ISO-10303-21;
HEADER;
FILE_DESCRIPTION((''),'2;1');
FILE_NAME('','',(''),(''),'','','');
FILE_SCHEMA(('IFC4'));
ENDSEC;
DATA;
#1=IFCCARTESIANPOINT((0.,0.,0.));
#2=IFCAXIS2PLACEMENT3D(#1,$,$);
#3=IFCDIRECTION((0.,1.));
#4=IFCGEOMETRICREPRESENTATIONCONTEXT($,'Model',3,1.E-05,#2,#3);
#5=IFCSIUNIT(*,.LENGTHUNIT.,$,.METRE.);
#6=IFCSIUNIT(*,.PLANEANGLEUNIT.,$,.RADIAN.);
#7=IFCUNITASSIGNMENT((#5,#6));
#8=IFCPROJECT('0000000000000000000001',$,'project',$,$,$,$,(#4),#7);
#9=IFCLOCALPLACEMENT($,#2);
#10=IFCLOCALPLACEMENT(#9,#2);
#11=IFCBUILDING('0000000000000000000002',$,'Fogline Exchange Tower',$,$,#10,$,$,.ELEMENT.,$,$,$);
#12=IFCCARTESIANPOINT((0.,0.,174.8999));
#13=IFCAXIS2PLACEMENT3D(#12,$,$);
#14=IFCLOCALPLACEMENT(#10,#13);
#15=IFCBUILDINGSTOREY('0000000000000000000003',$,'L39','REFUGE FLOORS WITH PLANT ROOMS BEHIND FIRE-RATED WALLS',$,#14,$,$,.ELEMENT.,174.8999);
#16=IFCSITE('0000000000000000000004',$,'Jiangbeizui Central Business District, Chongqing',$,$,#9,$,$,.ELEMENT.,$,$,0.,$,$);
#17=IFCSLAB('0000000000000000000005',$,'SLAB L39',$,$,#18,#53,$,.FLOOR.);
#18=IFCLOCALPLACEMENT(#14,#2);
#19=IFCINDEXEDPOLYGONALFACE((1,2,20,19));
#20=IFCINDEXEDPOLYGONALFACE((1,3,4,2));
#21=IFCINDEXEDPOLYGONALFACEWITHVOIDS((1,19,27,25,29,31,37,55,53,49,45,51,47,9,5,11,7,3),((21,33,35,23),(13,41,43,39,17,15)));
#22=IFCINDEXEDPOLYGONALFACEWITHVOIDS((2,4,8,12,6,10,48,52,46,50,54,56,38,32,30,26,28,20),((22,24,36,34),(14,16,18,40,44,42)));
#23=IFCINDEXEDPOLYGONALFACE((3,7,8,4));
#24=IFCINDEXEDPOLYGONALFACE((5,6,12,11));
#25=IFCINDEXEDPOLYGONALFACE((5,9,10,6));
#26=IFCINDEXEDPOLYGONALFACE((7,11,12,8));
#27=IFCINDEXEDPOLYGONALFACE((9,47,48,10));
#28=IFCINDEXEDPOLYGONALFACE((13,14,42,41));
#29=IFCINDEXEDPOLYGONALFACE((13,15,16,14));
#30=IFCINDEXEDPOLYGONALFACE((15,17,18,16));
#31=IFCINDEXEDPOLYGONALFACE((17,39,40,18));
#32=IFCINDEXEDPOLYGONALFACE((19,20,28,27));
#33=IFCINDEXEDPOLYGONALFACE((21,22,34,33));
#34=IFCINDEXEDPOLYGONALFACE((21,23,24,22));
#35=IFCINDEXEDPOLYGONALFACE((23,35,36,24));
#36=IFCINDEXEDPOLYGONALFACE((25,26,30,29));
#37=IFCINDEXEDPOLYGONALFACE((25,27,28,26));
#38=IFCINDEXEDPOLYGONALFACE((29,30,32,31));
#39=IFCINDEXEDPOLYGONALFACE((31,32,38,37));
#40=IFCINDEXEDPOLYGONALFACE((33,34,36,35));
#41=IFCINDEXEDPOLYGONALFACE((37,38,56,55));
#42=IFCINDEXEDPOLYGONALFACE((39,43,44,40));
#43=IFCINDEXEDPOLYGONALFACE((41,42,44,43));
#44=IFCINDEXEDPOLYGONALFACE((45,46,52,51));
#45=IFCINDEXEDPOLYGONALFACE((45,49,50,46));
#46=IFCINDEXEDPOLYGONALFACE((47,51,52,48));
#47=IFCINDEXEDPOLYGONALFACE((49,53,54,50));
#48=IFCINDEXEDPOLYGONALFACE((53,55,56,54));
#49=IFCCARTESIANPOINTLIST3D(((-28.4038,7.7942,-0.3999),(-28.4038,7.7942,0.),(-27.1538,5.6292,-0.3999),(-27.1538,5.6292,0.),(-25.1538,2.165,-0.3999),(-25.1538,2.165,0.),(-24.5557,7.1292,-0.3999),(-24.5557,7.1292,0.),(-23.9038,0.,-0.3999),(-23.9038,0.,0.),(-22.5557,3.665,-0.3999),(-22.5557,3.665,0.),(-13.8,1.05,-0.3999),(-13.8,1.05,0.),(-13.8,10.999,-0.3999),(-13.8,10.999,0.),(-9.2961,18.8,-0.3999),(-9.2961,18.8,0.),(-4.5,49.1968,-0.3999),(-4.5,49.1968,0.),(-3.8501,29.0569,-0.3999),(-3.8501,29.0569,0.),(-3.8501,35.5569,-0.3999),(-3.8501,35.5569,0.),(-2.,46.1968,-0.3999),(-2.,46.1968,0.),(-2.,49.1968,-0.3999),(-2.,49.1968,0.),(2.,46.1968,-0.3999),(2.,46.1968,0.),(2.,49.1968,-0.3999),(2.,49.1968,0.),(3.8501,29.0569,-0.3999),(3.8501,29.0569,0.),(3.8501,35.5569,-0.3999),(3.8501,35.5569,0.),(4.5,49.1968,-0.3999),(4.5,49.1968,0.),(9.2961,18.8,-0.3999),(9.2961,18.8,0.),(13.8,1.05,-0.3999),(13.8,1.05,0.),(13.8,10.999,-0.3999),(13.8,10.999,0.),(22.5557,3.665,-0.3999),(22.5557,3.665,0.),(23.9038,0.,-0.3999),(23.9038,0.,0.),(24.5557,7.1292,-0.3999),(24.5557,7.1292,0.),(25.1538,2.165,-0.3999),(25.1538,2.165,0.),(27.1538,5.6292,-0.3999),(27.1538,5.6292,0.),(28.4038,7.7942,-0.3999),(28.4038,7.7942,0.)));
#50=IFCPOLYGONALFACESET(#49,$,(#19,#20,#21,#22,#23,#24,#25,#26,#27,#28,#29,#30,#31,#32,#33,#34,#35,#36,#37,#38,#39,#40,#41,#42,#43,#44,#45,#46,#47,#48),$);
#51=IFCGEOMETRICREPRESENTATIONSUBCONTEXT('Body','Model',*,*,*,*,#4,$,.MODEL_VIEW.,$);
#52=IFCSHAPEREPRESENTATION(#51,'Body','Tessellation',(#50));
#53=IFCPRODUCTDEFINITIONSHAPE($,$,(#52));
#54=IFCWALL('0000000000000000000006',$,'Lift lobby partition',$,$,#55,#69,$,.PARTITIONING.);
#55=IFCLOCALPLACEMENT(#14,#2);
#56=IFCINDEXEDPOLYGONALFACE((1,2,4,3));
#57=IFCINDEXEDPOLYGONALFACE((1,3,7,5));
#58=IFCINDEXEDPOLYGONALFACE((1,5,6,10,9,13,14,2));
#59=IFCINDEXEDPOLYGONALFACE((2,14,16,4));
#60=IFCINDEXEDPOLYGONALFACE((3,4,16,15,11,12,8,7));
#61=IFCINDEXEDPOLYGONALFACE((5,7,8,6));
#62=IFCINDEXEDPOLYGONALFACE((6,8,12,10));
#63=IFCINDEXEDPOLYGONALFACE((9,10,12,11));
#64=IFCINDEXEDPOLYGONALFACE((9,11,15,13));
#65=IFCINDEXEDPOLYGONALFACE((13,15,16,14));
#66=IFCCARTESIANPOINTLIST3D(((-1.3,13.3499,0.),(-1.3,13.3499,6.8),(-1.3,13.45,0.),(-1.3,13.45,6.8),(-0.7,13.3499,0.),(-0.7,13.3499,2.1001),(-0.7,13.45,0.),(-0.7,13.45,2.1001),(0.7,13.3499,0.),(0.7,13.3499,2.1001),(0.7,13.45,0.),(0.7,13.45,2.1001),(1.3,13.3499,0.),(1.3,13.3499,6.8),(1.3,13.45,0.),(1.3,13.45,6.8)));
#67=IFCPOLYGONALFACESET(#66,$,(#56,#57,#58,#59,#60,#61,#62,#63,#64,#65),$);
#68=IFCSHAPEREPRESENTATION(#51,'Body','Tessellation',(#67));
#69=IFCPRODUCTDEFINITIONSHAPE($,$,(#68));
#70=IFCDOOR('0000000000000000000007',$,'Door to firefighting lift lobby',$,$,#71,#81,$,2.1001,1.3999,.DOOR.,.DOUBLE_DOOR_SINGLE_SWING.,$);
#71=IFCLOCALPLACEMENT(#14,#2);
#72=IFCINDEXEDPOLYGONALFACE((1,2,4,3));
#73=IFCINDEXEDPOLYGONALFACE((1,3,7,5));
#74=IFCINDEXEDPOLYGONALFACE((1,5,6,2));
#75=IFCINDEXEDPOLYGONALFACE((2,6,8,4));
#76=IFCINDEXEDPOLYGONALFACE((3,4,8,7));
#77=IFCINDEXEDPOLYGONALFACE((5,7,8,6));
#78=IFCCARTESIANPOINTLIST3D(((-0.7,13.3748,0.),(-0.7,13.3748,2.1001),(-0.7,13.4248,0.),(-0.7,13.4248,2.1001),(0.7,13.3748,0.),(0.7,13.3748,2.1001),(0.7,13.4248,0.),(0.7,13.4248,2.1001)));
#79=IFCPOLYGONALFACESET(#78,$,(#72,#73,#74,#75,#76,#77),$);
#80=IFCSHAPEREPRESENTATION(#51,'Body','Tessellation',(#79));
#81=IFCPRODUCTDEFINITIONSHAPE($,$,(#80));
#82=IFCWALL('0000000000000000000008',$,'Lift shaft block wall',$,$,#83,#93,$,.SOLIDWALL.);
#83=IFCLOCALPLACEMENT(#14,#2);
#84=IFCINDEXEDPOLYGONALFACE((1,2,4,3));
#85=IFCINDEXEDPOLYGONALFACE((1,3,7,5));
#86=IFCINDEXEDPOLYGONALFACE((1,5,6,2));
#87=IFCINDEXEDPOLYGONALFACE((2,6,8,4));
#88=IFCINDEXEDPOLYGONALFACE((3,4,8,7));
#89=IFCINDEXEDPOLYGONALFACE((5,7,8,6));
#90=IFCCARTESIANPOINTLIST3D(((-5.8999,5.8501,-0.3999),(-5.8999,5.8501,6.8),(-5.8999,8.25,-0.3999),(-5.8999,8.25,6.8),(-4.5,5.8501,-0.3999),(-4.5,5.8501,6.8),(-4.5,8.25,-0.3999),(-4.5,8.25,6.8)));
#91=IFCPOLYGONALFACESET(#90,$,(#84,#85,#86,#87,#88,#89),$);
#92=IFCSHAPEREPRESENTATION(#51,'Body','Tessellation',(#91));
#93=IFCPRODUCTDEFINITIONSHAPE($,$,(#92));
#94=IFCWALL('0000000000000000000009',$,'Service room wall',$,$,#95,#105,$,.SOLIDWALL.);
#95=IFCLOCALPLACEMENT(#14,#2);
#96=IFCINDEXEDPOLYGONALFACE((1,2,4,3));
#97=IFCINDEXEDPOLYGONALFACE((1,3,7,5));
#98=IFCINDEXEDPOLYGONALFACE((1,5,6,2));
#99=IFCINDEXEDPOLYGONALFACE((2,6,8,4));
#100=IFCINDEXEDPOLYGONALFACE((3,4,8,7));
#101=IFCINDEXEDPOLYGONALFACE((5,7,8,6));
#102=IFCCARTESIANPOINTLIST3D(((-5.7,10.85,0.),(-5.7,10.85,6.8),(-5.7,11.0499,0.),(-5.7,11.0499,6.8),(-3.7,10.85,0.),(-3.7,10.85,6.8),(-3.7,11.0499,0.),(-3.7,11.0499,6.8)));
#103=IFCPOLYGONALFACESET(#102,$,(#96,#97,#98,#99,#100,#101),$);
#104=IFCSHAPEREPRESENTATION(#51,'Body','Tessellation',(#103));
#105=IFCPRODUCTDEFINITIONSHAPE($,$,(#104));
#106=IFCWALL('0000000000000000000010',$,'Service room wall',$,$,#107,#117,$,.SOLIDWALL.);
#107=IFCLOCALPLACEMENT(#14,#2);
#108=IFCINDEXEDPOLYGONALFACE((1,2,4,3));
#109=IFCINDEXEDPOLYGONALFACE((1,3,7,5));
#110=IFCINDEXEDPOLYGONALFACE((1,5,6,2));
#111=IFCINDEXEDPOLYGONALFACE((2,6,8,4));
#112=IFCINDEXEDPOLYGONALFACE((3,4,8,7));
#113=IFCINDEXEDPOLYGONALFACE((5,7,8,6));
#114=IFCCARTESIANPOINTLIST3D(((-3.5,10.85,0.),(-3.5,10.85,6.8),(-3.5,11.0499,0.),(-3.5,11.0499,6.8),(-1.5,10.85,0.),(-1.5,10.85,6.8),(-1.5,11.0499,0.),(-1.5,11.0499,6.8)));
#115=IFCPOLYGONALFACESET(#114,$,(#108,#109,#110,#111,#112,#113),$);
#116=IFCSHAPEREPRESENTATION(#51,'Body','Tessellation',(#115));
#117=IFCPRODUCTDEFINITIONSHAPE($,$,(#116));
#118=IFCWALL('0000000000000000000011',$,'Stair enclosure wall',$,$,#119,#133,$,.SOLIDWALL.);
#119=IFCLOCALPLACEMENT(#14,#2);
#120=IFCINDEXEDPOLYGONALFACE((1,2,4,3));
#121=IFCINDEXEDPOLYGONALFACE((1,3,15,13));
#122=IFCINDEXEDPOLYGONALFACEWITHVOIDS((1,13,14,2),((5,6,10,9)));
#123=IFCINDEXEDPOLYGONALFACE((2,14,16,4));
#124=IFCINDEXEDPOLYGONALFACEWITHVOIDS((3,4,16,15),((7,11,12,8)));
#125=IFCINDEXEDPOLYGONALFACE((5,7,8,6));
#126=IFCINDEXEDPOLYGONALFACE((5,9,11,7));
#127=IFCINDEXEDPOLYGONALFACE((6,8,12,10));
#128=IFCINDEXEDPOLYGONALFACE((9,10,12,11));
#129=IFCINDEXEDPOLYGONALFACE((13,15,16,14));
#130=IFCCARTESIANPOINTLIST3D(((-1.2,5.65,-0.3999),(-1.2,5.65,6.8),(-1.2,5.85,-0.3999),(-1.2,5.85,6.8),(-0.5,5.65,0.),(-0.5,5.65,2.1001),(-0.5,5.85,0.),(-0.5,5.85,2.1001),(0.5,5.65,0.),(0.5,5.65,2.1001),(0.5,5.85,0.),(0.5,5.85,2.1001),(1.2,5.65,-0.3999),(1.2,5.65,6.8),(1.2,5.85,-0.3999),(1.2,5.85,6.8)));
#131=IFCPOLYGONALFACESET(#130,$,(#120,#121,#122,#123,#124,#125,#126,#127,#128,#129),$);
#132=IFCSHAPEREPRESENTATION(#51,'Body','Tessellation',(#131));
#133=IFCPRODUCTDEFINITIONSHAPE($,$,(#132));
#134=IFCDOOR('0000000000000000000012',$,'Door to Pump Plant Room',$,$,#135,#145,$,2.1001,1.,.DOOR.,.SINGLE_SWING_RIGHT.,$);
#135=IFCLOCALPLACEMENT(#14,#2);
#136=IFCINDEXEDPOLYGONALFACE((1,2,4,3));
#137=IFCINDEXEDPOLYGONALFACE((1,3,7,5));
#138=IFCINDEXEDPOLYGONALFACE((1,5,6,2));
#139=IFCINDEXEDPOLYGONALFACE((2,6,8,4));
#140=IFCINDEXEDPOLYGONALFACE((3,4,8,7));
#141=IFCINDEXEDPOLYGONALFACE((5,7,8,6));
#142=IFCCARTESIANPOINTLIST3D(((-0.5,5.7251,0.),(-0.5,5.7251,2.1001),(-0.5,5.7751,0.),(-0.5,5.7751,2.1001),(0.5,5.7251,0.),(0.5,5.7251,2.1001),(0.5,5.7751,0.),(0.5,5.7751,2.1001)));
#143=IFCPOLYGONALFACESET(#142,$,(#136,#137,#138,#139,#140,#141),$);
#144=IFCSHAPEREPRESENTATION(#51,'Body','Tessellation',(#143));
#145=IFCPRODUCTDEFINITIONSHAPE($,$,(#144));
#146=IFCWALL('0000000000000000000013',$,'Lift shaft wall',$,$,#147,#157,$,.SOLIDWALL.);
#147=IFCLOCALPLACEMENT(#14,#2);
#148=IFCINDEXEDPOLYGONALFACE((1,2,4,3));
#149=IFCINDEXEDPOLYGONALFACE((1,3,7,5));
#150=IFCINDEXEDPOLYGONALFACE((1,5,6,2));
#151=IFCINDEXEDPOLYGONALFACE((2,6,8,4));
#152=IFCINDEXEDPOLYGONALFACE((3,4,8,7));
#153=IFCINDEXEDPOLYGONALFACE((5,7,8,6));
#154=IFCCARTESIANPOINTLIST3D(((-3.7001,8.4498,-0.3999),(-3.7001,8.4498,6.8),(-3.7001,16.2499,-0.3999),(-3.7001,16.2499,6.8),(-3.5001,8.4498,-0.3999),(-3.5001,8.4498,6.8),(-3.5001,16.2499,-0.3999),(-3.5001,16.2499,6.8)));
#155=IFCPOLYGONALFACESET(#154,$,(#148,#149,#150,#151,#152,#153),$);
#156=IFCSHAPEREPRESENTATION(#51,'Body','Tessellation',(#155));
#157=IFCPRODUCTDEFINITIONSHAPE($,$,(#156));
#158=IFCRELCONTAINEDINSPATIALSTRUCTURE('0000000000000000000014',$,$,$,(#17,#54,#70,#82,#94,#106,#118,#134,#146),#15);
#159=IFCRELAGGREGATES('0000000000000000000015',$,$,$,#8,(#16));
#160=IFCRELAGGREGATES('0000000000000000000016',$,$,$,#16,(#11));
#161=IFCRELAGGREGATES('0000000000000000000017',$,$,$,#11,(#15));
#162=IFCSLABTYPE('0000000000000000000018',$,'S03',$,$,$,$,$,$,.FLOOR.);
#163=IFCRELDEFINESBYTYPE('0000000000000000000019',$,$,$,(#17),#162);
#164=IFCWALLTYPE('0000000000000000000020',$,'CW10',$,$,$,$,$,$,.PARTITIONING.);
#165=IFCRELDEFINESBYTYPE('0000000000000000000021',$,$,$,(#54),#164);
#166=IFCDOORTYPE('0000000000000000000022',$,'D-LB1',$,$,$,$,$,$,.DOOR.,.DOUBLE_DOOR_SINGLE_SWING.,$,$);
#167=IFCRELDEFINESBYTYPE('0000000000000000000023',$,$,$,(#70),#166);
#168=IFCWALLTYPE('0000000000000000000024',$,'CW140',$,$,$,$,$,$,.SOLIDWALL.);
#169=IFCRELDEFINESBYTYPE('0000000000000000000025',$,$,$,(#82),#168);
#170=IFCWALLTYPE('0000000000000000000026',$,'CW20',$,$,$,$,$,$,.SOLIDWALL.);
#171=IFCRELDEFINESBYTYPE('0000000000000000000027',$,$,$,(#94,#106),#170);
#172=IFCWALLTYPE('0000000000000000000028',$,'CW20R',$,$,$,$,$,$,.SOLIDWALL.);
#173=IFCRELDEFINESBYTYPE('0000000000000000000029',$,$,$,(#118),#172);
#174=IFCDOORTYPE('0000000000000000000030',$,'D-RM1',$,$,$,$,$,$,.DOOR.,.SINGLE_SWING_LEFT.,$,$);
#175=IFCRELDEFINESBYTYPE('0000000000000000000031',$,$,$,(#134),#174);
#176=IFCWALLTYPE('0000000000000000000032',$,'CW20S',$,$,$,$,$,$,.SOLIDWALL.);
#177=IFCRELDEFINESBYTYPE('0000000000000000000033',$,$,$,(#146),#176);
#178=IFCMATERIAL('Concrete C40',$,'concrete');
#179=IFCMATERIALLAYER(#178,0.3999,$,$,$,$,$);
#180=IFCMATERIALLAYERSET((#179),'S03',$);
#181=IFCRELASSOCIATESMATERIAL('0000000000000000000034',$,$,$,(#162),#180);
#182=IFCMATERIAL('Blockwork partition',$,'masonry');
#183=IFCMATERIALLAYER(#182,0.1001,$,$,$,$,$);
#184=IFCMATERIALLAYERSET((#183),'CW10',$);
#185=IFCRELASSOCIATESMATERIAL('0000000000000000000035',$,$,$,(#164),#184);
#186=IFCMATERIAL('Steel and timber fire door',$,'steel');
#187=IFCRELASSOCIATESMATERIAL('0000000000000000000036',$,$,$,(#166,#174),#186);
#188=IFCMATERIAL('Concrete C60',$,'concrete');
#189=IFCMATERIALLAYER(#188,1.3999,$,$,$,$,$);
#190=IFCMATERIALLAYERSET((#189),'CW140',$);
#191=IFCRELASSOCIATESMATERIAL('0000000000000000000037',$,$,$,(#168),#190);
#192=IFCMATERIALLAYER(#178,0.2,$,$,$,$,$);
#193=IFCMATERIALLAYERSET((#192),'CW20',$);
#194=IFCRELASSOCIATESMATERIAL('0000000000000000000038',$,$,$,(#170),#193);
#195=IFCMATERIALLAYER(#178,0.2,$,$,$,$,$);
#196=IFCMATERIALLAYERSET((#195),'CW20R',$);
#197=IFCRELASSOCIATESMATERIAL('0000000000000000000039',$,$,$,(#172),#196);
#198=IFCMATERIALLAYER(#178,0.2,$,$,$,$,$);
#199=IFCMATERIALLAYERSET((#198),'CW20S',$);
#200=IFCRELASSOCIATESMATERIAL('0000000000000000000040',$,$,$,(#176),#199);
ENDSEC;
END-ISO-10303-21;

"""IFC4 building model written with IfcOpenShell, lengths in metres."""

from ifc_helpers import new_model, si_unit, direction, frame, frame_2d, origin, place, context, subcontext, project, spatial, polyline, rectangle, outline, extrude, material, layer, layer_set, type_object, element, fill, save


model = new_model("IFC4")

# Units and contexts
model_context = context("Model", 3, precision=1e-05, world=origin(), true_north=direction((0.0, 1.0)))
body_context = subcontext(model_context, "Body", "Model", "MODEL_VIEW")
ifc_project = project(units=[si_unit("LENGTHUNIT", "METRE"), si_unit("PLANEANGLEUNIT", "RADIAN")], contexts=[model_context])

# Site, building, storey
site_placement = place(None, origin())
site = spatial("IfcSite", under=ifc_project, at=site_placement, Name="Jiangbeizui Central Business District, Chongqing", CompositionType="ELEMENT", RefElevation=0.0)
building_placement = place(site_placement, origin())
building = spatial("IfcBuilding", under=site, at=building_placement, Name="Fogline Exchange Tower", CompositionType="ELEMENT")
storey_placement = place(building_placement, frame((0.0, 0.0, 174.8999)))
storey = spatial("IfcBuildingStorey", under=building, at=storey_placement, Name="L39", Description="REFUGE FLOORS WITH PLANT ROOMS BEHIND FIRE-RATED WALLS", CompositionType="ELEMENT", Elevation=174.8999)

# Slab
ifc_material_1 = material(Name="Concrete C40", Category="concrete")
ifc_layer_1 = layer(ifc_material_1, 0.3999)
ifc_layer_set_1 = layer_set([ifc_layer_1], Name="S03")
slab_type = type_object("IfcSlabType", Name="S03", PredefinedType="FLOOR", material=ifc_layer_set_1)
slab_placement = place(storey_placement, frame((0.0, 0.0, -0.3999)))
element("IfcSlab", 1, at=slab_placement, inside=storey, type_object=slab_type, Name="SLAB L39", PredefinedType="FLOOR", context=body_context, shape_type="SweptSolid", body=[
    extrude(outline(polyline([(-2.0, 49.1968), (-4.5, 49.1968), (-28.4038, 7.7942), (-27.1538, 5.6292), (-24.5557, 7.1292), (-22.5557, 3.665), (-25.1538, 2.165), (-23.9038, 0.0), (23.9038, 0.0), (25.1538, 2.165), (22.5557, 3.665), (24.5557, 7.1292), (27.1538, 5.6292), (28.4038, 7.7942), (4.5, 49.1968), (2.0, 49.1968), (2.0, 46.1968), (-2.0, 46.1968), (-2.0, 49.1968)]), holes=[polyline([(13.8, 10.999), (13.8, 1.05), (-13.8, 1.05), (-13.8, 10.999), (-9.2961, 18.8), (9.2961, 18.8), (13.8, 10.999)]), polyline([(3.8501, 35.5569), (3.8501, 29.0569), (-3.8501, 29.0569), (-3.8501, 35.5569), (3.8501, 35.5569)])]), origin(), (0.0, 0.0, 1.0), 0.3999),
])

# Wall, opening, door
ifc_material_2 = material(Name="Blockwork partition", Category="masonry")
ifc_layer_2 = layer(ifc_material_2, 0.1001)
ifc_layer_set_2 = layer_set([ifc_layer_2], Name="CW10")
wall_type_1 = type_object("IfcWallType", Name="CW10", PredefinedType="PARTITIONING", material=ifc_layer_set_2)
wall_1_placement = place(storey_placement, frame((-1.3, 13.3999, 0.0), z_axis=(0.0, 0.0, 1.0), x_axis=(1.0, 0.0, 0.0)))
wall_1 = element("IfcWall", 2, at=wall_1_placement, inside=storey, type_object=wall_type_1, Name="Lift lobby partition", PredefinedType="PARTITIONING", context=body_context, shape_type="SweptSolid", body=[
    extrude(rectangle(XDim=2.6001, YDim=0.1001, at=frame_2d((1.3, 0.0))), origin(), (0.0, 0.0, 1.0), 6.8),
])
opening_1_placement = place(wall_1_placement, frame((0.6001, 0.0, 0.0)))
opening_1 = element("IfcOpeningElement", 3, at=opening_1_placement, cuts=wall_1, PredefinedType="OPENING", context=body_context, shape_type="SweptSolid", body=[
    extrude(rectangle(XDim=1.3999, YDim=2.1001, at=frame_2d((0.7, 1.05))), frame((0.0, 0.0601, 0.0), z_axis=(0.0, -1.0, 0.0), x_axis=(1.0, 0.0, 0.0)), (0.0, 0.0, 1.0), 0.1201),
])
ifc_material_3 = material(Name="Steel and timber fire door", Category="steel")
door_type_1 = type_object("IfcDoorType", Name="D-LB1", OperationType="DOUBLE_DOOR_SINGLE_SWING", PredefinedType="DOOR", material=ifc_material_3)
door_1_placement = place(opening_1_placement, origin())
door_1 = element("IfcDoor", 4, at=door_1_placement, inside=storey, type_object=door_type_1, Name="Door to firefighting lift lobby", OperationType="DOUBLE_DOOR_SINGLE_SWING", OverallHeight=2.1001, OverallWidth=1.3999, PredefinedType="DOOR", context=body_context, shape_type="SweptSolid", body=[
    extrude(rectangle(XDim=1.3999, YDim=2.1001, at=frame_2d((0.7, 1.05))), frame((0.0, 0.0249, 0.0), z_axis=(0.0, -1.0, 0.0), x_axis=(1.0, 0.0, 0.0)), (0.0, 0.0, 1.0), 0.05),
])
fill(opening_1, door_1)

# Walls
ifc_material_4 = material(Name="Concrete C60", Category="concrete")
ifc_layer_3 = layer(ifc_material_4, 1.3999)
ifc_layer_set_3 = layer_set([ifc_layer_3], Name="CW140")
wall_type_2 = type_object("IfcWallType", Name="CW140", PredefinedType="SOLIDWALL", material=ifc_layer_set_3)
wall_2_placement = place(storey_placement, frame((-5.2, 5.8501, -0.3999), z_axis=(0.0, 0.0, 1.0), x_axis=(0.0, 1.0, 0.0)))
element("IfcWall", 5, at=wall_2_placement, inside=storey, type_object=wall_type_2, Name="Lift shaft block wall", PredefinedType="SOLIDWALL", context=body_context, shape_type="SweptSolid", body=[
    extrude(rectangle(XDim=2.3999, YDim=1.3999, at=frame_2d((1.2, 0.0))), origin(), (0.0, 0.0, 1.0), 7.2),
])
ifc_layer_4 = layer(ifc_material_1, 0.2)
ifc_layer_set_4 = layer_set([ifc_layer_4], Name="CW20")
wall_type_3 = type_object("IfcWallType", Name="CW20", PredefinedType="SOLIDWALL", material=ifc_layer_set_4)
for number, where, z_axis, x_axis, name in (
    (6, (-5.7, 10.95, 0.0), (0.0, 0.0, 1.0), (1.0, 0.0, 0.0), "Service room wall"),
    (7, (-3.5, 10.95, 0.0), (0.0, 0.0, 1.0), (1.0, 0.0, 0.0), "Service room wall"),
):
    element("IfcWall", number, at=place(storey_placement, frame(where, z_axis=z_axis, x_axis=x_axis)), inside=storey, type_object=wall_type_3, Name=name, PredefinedType="SOLIDWALL", context=body_context, shape_type="SweptSolid", body=[
        extrude(rectangle(XDim=2.0, YDim=0.2, at=frame_2d((1.0, 0.0))), origin(), (0.0, 0.0, 1.0), 6.8),
    ])

# Wall, opening, door
ifc_layer_5 = layer(ifc_material_1, 0.2)
ifc_layer_set_5 = layer_set([ifc_layer_5], Name="CW20R")
wall_type_4 = type_object("IfcWallType", Name="CW20R", PredefinedType="SOLIDWALL", material=ifc_layer_set_5)
wall_3_placement = place(storey_placement, frame((-1.2, 5.75, -0.3999), z_axis=(0.0, 0.0, 1.0), x_axis=(1.0, 0.0, 0.0)))
wall_3 = element("IfcWall", 8, at=wall_3_placement, inside=storey, type_object=wall_type_4, Name="Stair enclosure wall", PredefinedType="SOLIDWALL", context=body_context, shape_type="SweptSolid", body=[
    extrude(rectangle(XDim=2.3999, YDim=0.2, at=frame_2d((1.2, 0.0))), origin(), (0.0, 0.0, 1.0), 7.2),
])
opening_2_placement = place(wall_3_placement, frame((0.7, 0.0, 0.3999)))
opening_2 = element("IfcOpeningElement", 9, at=opening_2_placement, cuts=wall_3, PredefinedType="OPENING", context=body_context, shape_type="SweptSolid", body=[
    extrude(rectangle(XDim=1.0, YDim=2.1001, at=frame_2d((0.5, 1.05))), frame((0.0, 0.1099, 0.0), z_axis=(0.0, -1.0, 0.0), x_axis=(1.0, 0.0, 0.0)), (0.0, 0.0, 1.0), 0.22),
])
door_type_2 = type_object("IfcDoorType", Name="D-RM1", OperationType="SINGLE_SWING_LEFT", PredefinedType="DOOR", material=ifc_material_3)
door_2_placement = place(opening_2_placement, frame((1.0, 0.0, 0.0), z_axis=(0.0, 0.0, 1.0), x_axis=(-1.0, 0.0, 0.0)))
door_2 = element("IfcDoor", 10, at=door_2_placement, inside=storey, type_object=door_type_2, Name="Door to Pump Plant Room", OperationType="SINGLE_SWING_RIGHT", OverallHeight=2.1001, OverallWidth=1.0, PredefinedType="DOOR", context=body_context, shape_type="SweptSolid", body=[
    extrude(rectangle(XDim=1.0, YDim=2.1001, at=frame_2d((0.5, 1.05))), frame((0.0, 0.0249, 0.0), z_axis=(0.0, -1.0, 0.0), x_axis=(1.0, 0.0, 0.0)), (0.0, 0.0, 1.0), 0.05),
])
fill(opening_2, door_2)

# Wall
ifc_layer_6 = layer(ifc_material_1, 0.2)
ifc_layer_set_6 = layer_set([ifc_layer_6], Name="CW20S")
wall_type_5 = type_object("IfcWallType", Name="CW20S", PredefinedType="SOLIDWALL", material=ifc_layer_set_6)
wall_4_placement = place(storey_placement, frame((-3.6001, 8.45, -0.3999), z_axis=(0.0, 0.0, 1.0), x_axis=(0.0, 1.0, 0.0)))
element("IfcWall", 11, at=wall_4_placement, inside=storey, type_object=wall_type_5, Name="Lift shaft wall", PredefinedType="SOLIDWALL", context=body_context, shape_type="SweptSolid", body=[
    extrude(rectangle(XDim=7.8, YDim=0.2, at=frame_2d((3.8999, 0.0))), origin(), (0.0, 0.0, 1.0), 7.2),
])

save(model, "model.ifc")
